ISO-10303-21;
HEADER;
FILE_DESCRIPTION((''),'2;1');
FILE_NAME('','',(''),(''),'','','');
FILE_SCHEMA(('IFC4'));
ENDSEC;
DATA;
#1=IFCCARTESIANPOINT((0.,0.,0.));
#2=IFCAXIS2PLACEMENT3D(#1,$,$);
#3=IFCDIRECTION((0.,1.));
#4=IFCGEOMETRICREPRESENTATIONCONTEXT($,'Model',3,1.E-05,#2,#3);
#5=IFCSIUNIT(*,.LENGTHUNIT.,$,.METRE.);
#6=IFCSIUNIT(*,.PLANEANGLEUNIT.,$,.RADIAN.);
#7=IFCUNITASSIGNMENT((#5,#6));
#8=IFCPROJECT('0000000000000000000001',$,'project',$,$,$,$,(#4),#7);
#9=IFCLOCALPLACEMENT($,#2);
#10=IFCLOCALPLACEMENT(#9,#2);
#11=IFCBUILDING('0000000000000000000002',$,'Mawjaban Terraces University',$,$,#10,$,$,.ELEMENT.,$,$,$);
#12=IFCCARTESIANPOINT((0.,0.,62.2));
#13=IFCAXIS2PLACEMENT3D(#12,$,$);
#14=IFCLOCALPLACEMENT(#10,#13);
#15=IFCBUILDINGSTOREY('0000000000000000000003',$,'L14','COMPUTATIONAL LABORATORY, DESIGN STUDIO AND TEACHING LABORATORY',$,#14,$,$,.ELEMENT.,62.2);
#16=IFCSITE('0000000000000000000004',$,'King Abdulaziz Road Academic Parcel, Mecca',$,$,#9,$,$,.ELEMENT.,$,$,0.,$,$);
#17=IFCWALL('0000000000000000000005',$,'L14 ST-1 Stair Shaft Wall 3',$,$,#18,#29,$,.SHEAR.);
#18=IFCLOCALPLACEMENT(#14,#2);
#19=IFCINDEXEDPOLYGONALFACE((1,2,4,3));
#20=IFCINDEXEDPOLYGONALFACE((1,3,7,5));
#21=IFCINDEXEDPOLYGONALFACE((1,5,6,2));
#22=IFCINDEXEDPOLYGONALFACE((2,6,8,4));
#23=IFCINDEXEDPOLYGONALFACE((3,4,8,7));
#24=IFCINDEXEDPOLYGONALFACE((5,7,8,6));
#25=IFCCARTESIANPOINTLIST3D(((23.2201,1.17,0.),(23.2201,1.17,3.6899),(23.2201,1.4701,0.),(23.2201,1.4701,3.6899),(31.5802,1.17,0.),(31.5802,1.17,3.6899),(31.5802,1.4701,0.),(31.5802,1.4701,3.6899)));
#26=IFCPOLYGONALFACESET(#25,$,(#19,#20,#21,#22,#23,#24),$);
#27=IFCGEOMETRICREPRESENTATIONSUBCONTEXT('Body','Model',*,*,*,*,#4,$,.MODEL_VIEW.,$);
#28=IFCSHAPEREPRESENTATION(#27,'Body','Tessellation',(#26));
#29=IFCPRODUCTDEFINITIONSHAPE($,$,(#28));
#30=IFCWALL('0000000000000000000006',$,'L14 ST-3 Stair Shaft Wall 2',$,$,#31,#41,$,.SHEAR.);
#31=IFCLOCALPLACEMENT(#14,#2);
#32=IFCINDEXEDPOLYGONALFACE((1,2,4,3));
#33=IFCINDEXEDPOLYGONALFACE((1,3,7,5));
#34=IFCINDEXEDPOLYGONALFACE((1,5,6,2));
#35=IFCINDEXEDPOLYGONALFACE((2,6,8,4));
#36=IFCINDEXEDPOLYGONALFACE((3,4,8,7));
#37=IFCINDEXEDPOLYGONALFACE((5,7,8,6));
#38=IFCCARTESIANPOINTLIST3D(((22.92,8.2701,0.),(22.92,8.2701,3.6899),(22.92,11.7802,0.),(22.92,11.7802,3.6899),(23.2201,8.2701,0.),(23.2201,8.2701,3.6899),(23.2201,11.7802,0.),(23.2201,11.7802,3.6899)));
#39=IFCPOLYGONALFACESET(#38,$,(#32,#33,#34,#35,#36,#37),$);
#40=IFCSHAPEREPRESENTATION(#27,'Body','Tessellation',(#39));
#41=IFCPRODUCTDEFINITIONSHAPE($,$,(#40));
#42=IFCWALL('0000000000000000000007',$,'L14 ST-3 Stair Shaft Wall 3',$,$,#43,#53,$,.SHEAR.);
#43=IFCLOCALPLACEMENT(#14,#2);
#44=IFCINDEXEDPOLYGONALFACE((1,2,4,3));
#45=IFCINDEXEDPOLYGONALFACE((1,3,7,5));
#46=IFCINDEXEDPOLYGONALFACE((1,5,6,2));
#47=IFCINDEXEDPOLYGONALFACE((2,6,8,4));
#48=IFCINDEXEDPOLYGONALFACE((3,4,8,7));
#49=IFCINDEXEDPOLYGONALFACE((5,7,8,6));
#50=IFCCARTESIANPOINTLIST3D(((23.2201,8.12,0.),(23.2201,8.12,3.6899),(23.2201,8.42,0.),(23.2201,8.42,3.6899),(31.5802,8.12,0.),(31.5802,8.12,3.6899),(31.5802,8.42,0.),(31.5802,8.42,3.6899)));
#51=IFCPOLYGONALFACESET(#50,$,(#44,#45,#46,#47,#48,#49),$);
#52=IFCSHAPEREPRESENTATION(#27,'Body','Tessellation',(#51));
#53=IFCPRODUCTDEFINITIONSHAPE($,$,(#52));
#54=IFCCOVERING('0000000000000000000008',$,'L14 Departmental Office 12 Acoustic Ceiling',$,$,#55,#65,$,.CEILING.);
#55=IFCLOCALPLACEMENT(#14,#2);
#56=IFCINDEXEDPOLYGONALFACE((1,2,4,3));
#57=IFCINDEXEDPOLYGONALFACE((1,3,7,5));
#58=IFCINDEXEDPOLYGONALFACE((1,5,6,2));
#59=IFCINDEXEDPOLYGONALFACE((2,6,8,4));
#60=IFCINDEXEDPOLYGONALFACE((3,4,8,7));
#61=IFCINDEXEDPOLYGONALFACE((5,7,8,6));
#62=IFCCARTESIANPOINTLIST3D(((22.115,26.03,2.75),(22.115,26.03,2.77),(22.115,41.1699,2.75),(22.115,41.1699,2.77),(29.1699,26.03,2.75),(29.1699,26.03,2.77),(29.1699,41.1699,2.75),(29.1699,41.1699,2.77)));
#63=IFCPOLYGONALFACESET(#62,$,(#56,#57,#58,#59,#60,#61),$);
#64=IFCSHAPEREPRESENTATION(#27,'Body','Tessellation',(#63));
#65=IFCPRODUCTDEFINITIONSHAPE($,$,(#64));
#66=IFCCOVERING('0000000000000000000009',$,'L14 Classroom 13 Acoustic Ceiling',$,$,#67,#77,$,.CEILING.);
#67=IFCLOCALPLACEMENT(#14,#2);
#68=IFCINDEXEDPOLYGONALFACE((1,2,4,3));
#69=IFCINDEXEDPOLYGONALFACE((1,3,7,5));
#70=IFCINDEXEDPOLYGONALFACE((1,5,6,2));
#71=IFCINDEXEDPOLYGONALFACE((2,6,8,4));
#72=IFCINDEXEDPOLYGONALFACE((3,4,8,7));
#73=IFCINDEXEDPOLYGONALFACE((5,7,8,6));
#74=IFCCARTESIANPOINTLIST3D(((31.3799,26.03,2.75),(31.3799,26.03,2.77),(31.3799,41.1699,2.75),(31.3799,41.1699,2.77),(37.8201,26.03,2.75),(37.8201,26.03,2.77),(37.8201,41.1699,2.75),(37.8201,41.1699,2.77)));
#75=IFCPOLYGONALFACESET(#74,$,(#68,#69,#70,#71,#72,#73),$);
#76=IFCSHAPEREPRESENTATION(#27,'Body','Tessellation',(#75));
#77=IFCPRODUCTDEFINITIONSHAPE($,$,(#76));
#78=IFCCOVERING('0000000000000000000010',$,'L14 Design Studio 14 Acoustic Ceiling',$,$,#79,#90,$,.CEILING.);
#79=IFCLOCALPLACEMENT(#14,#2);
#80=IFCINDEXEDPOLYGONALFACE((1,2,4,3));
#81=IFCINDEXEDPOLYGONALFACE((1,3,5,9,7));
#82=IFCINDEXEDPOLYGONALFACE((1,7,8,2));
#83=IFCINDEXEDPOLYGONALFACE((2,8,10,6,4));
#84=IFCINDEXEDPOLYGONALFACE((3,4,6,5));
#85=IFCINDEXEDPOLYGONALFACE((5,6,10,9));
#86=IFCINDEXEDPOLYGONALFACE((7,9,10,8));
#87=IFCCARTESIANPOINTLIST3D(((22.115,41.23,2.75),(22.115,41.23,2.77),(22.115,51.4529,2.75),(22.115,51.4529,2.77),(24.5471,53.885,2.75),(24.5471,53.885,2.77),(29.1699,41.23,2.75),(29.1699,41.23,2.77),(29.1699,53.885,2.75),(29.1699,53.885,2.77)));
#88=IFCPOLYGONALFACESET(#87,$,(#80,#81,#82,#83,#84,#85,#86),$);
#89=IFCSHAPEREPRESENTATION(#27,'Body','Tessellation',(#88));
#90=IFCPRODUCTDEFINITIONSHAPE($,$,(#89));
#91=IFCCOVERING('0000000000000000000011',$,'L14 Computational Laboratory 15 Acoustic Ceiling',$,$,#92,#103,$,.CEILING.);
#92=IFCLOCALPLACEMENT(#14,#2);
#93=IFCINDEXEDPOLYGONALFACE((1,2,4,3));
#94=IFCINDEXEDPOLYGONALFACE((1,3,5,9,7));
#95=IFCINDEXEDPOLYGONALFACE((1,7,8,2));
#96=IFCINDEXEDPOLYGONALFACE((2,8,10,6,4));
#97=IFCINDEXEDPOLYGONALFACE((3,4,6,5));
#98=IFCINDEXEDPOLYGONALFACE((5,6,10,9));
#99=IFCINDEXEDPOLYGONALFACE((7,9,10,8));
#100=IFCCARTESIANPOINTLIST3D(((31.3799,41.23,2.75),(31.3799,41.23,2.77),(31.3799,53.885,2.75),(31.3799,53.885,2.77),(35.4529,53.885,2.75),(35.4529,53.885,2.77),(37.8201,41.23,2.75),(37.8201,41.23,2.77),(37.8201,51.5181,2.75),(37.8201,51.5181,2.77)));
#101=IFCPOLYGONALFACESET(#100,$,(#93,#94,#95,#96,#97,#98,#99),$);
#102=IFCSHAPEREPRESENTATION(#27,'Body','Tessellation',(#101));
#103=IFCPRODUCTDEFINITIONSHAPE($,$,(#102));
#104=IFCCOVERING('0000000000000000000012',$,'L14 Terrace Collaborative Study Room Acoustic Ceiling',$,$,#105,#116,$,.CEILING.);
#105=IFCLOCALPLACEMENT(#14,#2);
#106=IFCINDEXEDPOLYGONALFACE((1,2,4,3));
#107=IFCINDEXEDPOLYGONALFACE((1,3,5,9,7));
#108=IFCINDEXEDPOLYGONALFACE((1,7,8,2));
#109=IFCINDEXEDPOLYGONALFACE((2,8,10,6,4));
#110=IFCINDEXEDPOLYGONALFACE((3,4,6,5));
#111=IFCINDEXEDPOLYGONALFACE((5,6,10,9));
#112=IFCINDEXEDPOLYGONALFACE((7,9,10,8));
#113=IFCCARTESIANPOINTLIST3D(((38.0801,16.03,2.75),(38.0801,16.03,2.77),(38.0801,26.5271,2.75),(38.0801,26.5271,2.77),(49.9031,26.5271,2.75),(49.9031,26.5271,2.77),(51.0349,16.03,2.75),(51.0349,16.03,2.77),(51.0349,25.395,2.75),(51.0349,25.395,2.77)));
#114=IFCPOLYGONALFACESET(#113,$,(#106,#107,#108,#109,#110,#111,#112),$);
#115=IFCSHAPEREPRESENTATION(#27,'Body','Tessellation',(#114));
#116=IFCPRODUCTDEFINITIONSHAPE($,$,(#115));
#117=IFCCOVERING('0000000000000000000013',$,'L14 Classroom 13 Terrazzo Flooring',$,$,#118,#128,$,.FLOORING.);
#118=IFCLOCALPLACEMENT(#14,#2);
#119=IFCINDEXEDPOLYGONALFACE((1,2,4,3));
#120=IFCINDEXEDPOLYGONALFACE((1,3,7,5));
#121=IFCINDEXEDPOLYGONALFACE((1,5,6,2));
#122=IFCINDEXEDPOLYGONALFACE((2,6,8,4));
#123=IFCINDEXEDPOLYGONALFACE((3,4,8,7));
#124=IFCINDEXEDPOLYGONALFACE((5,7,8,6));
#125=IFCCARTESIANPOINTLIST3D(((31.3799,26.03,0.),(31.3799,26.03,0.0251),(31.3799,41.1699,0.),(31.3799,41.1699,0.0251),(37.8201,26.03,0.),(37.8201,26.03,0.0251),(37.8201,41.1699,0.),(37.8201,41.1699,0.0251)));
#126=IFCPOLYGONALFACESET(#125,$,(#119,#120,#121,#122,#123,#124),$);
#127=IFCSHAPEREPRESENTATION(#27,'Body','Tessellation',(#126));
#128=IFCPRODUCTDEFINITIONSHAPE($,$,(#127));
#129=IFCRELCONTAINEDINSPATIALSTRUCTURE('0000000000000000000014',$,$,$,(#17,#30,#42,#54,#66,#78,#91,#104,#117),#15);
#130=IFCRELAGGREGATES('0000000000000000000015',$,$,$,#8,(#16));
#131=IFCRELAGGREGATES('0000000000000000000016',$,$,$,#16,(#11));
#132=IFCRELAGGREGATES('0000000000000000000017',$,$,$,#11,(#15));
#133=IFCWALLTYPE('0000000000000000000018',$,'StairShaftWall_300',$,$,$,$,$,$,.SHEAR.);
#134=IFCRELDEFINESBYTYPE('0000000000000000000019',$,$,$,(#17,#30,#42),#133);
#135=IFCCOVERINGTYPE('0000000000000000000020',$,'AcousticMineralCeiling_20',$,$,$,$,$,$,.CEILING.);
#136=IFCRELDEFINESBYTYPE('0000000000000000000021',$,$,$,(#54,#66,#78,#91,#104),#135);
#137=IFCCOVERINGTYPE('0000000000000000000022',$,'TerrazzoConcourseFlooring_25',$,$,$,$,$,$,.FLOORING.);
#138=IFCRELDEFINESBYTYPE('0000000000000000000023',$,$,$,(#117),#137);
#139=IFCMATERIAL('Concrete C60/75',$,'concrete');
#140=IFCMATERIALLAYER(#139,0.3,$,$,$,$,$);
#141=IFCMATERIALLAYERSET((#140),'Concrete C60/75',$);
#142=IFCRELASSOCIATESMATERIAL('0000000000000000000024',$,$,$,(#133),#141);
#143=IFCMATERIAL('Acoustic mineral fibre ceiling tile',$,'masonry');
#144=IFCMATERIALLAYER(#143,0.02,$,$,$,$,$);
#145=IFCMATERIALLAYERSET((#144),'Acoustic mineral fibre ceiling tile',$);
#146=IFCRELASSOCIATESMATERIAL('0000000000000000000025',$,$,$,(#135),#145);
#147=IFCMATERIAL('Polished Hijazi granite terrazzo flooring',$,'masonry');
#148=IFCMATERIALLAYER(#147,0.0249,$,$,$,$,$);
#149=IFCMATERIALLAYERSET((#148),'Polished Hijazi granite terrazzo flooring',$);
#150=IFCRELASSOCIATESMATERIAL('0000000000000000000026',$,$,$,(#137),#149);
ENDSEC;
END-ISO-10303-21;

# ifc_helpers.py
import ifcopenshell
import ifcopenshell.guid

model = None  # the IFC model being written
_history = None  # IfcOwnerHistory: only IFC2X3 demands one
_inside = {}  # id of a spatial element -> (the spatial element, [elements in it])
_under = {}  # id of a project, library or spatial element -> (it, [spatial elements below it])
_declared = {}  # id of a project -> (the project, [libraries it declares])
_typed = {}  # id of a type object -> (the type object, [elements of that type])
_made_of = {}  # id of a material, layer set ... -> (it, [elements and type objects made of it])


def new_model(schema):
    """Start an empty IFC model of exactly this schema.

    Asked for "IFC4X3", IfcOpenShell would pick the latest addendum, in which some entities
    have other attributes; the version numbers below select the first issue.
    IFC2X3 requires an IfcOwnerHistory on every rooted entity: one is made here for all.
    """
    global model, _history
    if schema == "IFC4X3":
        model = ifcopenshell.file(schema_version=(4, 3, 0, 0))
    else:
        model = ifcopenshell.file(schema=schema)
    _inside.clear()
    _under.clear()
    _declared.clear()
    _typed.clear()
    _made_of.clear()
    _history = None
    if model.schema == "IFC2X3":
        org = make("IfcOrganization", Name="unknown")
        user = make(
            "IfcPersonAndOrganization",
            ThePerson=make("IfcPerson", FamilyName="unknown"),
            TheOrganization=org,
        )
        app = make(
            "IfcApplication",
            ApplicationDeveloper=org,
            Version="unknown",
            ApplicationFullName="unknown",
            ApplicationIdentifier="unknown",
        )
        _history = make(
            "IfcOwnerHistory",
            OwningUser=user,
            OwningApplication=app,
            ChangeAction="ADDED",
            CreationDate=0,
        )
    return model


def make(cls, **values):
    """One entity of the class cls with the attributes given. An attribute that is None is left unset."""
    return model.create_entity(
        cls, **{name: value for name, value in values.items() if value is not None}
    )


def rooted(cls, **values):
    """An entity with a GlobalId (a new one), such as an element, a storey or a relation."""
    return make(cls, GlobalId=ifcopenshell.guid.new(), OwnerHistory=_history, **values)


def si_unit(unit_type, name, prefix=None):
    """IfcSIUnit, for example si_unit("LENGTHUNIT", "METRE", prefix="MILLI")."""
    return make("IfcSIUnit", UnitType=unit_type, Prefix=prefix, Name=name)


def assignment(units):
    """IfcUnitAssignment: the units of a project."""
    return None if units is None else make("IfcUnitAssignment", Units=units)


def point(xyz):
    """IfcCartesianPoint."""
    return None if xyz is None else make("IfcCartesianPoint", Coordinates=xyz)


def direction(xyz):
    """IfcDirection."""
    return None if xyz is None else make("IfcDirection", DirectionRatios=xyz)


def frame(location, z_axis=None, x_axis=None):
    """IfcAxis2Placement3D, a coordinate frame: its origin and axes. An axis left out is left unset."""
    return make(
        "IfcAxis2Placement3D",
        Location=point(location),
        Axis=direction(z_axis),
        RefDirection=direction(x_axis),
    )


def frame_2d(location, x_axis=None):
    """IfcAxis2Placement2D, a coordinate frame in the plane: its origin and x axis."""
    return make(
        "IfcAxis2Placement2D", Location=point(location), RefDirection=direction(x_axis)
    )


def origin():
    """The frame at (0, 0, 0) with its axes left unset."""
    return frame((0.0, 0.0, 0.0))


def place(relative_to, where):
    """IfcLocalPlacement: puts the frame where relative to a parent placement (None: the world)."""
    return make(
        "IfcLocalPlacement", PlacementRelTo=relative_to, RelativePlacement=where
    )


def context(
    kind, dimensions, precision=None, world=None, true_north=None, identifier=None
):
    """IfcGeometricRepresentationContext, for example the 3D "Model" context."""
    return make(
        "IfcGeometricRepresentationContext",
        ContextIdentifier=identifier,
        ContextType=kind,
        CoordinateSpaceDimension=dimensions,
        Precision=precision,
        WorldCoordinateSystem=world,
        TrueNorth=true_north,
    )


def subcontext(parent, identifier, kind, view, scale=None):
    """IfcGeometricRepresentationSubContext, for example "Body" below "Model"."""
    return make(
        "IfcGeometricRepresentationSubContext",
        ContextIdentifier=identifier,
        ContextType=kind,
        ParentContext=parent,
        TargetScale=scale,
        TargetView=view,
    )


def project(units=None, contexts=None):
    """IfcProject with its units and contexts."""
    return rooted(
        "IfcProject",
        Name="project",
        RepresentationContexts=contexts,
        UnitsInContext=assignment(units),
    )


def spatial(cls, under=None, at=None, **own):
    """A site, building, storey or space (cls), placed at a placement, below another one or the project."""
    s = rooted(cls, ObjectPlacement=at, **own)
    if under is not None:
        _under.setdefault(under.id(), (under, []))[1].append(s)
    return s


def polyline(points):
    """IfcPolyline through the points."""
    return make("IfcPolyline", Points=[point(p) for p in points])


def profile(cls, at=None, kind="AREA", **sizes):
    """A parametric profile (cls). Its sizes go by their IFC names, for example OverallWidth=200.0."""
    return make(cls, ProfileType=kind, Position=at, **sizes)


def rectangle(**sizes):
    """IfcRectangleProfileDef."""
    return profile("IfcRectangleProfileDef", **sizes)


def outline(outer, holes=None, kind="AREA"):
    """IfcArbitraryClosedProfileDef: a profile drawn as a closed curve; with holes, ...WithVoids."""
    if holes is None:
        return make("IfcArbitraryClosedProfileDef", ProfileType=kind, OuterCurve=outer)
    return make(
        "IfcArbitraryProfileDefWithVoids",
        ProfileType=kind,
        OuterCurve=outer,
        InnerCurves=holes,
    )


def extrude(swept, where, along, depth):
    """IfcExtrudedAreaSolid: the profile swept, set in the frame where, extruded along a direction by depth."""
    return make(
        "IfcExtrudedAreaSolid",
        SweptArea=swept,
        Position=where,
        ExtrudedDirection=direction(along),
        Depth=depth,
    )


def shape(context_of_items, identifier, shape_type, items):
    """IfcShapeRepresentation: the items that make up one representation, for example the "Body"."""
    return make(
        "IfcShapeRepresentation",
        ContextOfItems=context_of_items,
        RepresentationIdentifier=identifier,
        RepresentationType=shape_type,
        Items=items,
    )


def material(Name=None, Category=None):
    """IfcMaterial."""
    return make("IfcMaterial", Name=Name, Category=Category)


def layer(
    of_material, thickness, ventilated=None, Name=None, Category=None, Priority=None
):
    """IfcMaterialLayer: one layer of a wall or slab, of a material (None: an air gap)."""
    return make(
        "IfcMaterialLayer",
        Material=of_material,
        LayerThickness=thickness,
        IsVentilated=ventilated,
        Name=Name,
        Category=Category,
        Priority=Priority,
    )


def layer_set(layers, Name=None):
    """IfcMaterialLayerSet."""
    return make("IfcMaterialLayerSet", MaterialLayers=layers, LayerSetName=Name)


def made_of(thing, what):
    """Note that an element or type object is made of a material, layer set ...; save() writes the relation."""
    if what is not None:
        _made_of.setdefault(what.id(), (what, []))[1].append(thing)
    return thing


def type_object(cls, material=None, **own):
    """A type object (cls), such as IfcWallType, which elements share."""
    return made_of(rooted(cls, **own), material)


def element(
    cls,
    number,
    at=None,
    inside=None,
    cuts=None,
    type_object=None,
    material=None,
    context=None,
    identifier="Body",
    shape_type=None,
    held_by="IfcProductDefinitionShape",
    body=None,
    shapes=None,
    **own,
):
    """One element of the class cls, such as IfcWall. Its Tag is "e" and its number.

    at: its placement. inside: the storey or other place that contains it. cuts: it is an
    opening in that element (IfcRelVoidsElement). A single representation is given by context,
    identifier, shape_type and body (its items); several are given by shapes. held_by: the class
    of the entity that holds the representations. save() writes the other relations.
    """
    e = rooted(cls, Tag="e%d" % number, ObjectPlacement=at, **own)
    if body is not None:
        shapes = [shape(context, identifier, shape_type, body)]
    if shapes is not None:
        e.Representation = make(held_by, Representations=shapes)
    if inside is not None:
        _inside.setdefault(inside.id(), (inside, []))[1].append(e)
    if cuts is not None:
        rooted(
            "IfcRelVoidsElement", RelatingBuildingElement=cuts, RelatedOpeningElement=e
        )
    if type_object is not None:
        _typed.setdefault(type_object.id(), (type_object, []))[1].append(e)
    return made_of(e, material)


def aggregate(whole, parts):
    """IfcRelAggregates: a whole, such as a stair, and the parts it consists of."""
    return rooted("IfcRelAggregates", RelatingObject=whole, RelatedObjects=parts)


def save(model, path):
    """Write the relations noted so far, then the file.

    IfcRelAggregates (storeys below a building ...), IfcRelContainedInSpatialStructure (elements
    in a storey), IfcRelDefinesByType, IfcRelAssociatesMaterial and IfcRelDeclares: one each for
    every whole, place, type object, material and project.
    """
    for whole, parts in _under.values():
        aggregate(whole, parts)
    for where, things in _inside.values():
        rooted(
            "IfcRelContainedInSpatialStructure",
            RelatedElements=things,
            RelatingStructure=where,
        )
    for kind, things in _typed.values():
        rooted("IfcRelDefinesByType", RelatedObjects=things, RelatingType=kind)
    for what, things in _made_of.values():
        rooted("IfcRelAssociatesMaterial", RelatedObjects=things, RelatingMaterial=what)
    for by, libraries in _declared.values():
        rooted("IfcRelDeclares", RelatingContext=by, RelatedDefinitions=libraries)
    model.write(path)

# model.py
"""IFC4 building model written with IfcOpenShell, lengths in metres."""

from ifc_helpers import new_model, si_unit, direction, frame, frame_2d, origin, place, context, subcontext, project, spatial, polyline, rectangle, outline, extrude, material, layer, layer_set, type_object, element, save


model = new_model("IFC4")

# Units and contexts
model_context = context("Model", 3, precision=1e-05, world=origin(), true_north=direction((0.0, 1.0)))
body_context = subcontext(model_context, "Body", "Model", "MODEL_VIEW")
ifc_project = project(units=[si_unit("LENGTHUNIT", "METRE"), si_unit("PLANEANGLEUNIT", "RADIAN")], contexts=[model_context])

# Site, building, storey
site_placement = place(None, origin())
site = spatial("IfcSite", under=ifc_project, at=site_placement, Name="King Abdulaziz Road Academic Parcel, Mecca", CompositionType="ELEMENT", RefElevation=0.0)
building_placement = place(site_placement, origin())
building = spatial("IfcBuilding", under=site, at=building_placement, Name="Mawjaban Terraces University", CompositionType="ELEMENT")
storey_placement = place(building_placement, frame((0.0, 0.0, 62.2)))
storey = spatial("IfcBuildingStorey", under=building, at=storey_placement, Name="L14", Description="COMPUTATIONAL LABORATORY, DESIGN STUDIO AND TEACHING LABORATORY", CompositionType="ELEMENT", Elevation=62.2)

# Walls
ifc_material_1 = material(Name="Concrete C60/75", Category="concrete")
ifc_layer_1 = layer(ifc_material_1, 0.3)
ifc_layer_set_1 = layer_set([ifc_layer_1], Name="Concrete C60/75")
wall_type_1 = type_object("IfcWallType", Name="StairShaftWall_300", PredefinedType="SHEAR", material=ifc_layer_set_1)
wall_1_placement = place(storey_placement, frame((23.22, 1.3201, 0.0), z_axis=(0.0, 0.0, 1.0), x_axis=(1.0, 0.0, 0.0)))
element("IfcWall", 1, at=wall_1_placement, inside=storey, type_object=wall_type_1, Name="L14 ST-1 Stair Shaft Wall 3", PredefinedType="SHEAR", context=body_context, shape_type="SweptSolid", body=[
    extrude(rectangle(XDim=8.3601, YDim=0.3, at=frame_2d((4.1802, 0.0))), origin(), (0.0, 0.0, 1.0), 3.6899),
])
wall_2_placement = place(storey_placement, frame((23.0701, 11.78, 0.0), z_axis=(0.0, 0.0, 1.0), x_axis=(0.0, -1.0, 0.0)))
element("IfcWall", 2, at=wall_2_placement, inside=storey, type_object=wall_type_1, Name="L14 ST-3 Stair Shaft Wall 2", PredefinedType="SHEAR", context=body_context, shape_type="SweptSolid", body=[
    extrude(rectangle(XDim=3.51, YDim=0.3, at=frame_2d((1.7549, 0.0))), origin(), (0.0, 0.0, 1.0), 3.6899),
])
wall_3_placement = place(storey_placement, frame((23.22, 8.27, 0.0), z_axis=(0.0, 0.0, 1.0), x_axis=(1.0, 0.0, 0.0)))
element("IfcWall", 3, at=wall_3_placement, inside=storey, type_object=wall_type_1, Name="L14 ST-3 Stair Shaft Wall 3", PredefinedType="SHEAR", context=body_context, shape_type="SweptSolid", body=[
    extrude(rectangle(XDim=8.3601, YDim=0.3, at=frame_2d((4.1802, 0.0))), origin(), (0.0, 0.0, 1.0), 3.6899),
])

# Coverings
ifc_material_2 = material(Name="Acoustic mineral fibre ceiling tile", Category="masonry")
ifc_layer_2 = layer(ifc_material_2, 0.02)
ifc_layer_set_2 = layer_set([ifc_layer_2], Name="Acoustic mineral fibre ceiling tile")
covering_type_1 = type_object("IfcCoveringType", Name="AcousticMineralCeiling_20", PredefinedType="CEILING", material=ifc_layer_set_2)
covering_1_placement = place(storey_placement, frame((0.0, 0.0, 2.75)))
element("IfcCovering", 4, at=covering_1_placement, inside=storey, type_object=covering_type_1, Name="L14 Departmental Office 12 Acoustic Ceiling", PredefinedType="CEILING", context=body_context, shape_type="SweptSolid", body=[
    extrude(outline(polyline([(22.115, 41.1699), (22.115, 26.03), (29.1699, 26.03), (29.1699, 41.1699), (22.115, 41.1699)])), origin(), (0.0, 0.0, 1.0), 0.02),
])
covering_2_placement = place(storey_placement, frame((0.0, 0.0, 2.75)))
element("IfcCovering", 5, at=covering_2_placement, inside=storey, type_object=covering_type_1, Name="L14 Classroom 13 Acoustic Ceiling", PredefinedType="CEILING", context=body_context, shape_type="SweptSolid", body=[
    extrude(outline(polyline([(37.8201, 26.03), (37.8201, 41.1699), (31.3799, 41.1699), (31.3799, 26.03), (37.8201, 26.03)])), origin(), (0.0, 0.0, 1.0), 0.02),
])
covering_3_placement = place(storey_placement, frame((0.0, 0.0, 2.75)))
element("IfcCovering", 6, at=covering_3_placement, inside=storey, type_object=covering_type_1, Name="L14 Design Studio 14 Acoustic Ceiling", PredefinedType="CEILING", context=body_context, shape_type="SweptSolid", body=[
    extrude(outline(polyline([(29.1699, 53.885), (24.5471, 53.885), (22.115, 51.4529), (22.115, 41.23), (29.1699, 41.23), (29.1699, 53.885)])), origin(), (0.0, 0.0, 1.0), 0.02),
])
covering_4_placement = place(storey_placement, frame((0.0, 0.0, 2.75)))
element("IfcCovering", 7, at=covering_4_placement, inside=storey, type_object=covering_type_1, Name="L14 Computational Laboratory 15 Acoustic Ceiling", PredefinedType="CEILING", context=body_context, shape_type="SweptSolid", body=[
    extrude(outline(polyline([(37.8201, 51.5181), (35.4529, 53.885), (31.3799, 53.885), (31.3799, 41.23), (37.8201, 41.23), (37.8201, 51.5181)])), origin(), (0.0, 0.0, 1.0), 0.02),
])
covering_5_placement = place(storey_placement, frame((0.0, 0.0, 2.75)))
element("IfcCovering", 8, at=covering_5_placement, inside=storey, type_object=covering_type_1, Name="L14 Terrace Collaborative Study Room Acoustic Ceiling", PredefinedType="CEILING", context=body_context, shape_type="SweptSolid", body=[
    extrude(outline(polyline([(51.0349, 16.03), (51.0349, 25.395), (49.9031, 26.5271), (38.0801, 26.5271), (38.0801, 16.03), (51.0349, 16.03)])), origin(), (0.0, 0.0, 1.0), 0.02),
])
ifc_material_3 = material(Name="Polished Hijazi granite terrazzo flooring", Category="masonry")
ifc_layer_3 = layer(ifc_material_3, 0.0249)
ifc_layer_set_3 = layer_set([ifc_layer_3], Name="Polished Hijazi granite terrazzo flooring")
covering_type_2 = type_object("IfcCoveringType", Name="TerrazzoConcourseFlooring_25", PredefinedType="FLOORING", material=ifc_layer_set_3)
covering_6_placement = place(storey_placement, origin())
element("IfcCovering", 9, at=covering_6_placement, inside=storey, type_object=covering_type_2, Name="L14 Classroom 13 Terrazzo Flooring", PredefinedType="FLOORING", context=body_context, shape_type="SweptSolid", body=[
    extrude(outline(polyline([(37.8201, 26.03), (37.8201, 41.1699), (31.3799, 41.1699), (31.3799, 26.03), (37.8201, 26.03)])), origin(), (0.0, 0.0, 1.0), 0.0251),
])

save(model, "model.ifc")
